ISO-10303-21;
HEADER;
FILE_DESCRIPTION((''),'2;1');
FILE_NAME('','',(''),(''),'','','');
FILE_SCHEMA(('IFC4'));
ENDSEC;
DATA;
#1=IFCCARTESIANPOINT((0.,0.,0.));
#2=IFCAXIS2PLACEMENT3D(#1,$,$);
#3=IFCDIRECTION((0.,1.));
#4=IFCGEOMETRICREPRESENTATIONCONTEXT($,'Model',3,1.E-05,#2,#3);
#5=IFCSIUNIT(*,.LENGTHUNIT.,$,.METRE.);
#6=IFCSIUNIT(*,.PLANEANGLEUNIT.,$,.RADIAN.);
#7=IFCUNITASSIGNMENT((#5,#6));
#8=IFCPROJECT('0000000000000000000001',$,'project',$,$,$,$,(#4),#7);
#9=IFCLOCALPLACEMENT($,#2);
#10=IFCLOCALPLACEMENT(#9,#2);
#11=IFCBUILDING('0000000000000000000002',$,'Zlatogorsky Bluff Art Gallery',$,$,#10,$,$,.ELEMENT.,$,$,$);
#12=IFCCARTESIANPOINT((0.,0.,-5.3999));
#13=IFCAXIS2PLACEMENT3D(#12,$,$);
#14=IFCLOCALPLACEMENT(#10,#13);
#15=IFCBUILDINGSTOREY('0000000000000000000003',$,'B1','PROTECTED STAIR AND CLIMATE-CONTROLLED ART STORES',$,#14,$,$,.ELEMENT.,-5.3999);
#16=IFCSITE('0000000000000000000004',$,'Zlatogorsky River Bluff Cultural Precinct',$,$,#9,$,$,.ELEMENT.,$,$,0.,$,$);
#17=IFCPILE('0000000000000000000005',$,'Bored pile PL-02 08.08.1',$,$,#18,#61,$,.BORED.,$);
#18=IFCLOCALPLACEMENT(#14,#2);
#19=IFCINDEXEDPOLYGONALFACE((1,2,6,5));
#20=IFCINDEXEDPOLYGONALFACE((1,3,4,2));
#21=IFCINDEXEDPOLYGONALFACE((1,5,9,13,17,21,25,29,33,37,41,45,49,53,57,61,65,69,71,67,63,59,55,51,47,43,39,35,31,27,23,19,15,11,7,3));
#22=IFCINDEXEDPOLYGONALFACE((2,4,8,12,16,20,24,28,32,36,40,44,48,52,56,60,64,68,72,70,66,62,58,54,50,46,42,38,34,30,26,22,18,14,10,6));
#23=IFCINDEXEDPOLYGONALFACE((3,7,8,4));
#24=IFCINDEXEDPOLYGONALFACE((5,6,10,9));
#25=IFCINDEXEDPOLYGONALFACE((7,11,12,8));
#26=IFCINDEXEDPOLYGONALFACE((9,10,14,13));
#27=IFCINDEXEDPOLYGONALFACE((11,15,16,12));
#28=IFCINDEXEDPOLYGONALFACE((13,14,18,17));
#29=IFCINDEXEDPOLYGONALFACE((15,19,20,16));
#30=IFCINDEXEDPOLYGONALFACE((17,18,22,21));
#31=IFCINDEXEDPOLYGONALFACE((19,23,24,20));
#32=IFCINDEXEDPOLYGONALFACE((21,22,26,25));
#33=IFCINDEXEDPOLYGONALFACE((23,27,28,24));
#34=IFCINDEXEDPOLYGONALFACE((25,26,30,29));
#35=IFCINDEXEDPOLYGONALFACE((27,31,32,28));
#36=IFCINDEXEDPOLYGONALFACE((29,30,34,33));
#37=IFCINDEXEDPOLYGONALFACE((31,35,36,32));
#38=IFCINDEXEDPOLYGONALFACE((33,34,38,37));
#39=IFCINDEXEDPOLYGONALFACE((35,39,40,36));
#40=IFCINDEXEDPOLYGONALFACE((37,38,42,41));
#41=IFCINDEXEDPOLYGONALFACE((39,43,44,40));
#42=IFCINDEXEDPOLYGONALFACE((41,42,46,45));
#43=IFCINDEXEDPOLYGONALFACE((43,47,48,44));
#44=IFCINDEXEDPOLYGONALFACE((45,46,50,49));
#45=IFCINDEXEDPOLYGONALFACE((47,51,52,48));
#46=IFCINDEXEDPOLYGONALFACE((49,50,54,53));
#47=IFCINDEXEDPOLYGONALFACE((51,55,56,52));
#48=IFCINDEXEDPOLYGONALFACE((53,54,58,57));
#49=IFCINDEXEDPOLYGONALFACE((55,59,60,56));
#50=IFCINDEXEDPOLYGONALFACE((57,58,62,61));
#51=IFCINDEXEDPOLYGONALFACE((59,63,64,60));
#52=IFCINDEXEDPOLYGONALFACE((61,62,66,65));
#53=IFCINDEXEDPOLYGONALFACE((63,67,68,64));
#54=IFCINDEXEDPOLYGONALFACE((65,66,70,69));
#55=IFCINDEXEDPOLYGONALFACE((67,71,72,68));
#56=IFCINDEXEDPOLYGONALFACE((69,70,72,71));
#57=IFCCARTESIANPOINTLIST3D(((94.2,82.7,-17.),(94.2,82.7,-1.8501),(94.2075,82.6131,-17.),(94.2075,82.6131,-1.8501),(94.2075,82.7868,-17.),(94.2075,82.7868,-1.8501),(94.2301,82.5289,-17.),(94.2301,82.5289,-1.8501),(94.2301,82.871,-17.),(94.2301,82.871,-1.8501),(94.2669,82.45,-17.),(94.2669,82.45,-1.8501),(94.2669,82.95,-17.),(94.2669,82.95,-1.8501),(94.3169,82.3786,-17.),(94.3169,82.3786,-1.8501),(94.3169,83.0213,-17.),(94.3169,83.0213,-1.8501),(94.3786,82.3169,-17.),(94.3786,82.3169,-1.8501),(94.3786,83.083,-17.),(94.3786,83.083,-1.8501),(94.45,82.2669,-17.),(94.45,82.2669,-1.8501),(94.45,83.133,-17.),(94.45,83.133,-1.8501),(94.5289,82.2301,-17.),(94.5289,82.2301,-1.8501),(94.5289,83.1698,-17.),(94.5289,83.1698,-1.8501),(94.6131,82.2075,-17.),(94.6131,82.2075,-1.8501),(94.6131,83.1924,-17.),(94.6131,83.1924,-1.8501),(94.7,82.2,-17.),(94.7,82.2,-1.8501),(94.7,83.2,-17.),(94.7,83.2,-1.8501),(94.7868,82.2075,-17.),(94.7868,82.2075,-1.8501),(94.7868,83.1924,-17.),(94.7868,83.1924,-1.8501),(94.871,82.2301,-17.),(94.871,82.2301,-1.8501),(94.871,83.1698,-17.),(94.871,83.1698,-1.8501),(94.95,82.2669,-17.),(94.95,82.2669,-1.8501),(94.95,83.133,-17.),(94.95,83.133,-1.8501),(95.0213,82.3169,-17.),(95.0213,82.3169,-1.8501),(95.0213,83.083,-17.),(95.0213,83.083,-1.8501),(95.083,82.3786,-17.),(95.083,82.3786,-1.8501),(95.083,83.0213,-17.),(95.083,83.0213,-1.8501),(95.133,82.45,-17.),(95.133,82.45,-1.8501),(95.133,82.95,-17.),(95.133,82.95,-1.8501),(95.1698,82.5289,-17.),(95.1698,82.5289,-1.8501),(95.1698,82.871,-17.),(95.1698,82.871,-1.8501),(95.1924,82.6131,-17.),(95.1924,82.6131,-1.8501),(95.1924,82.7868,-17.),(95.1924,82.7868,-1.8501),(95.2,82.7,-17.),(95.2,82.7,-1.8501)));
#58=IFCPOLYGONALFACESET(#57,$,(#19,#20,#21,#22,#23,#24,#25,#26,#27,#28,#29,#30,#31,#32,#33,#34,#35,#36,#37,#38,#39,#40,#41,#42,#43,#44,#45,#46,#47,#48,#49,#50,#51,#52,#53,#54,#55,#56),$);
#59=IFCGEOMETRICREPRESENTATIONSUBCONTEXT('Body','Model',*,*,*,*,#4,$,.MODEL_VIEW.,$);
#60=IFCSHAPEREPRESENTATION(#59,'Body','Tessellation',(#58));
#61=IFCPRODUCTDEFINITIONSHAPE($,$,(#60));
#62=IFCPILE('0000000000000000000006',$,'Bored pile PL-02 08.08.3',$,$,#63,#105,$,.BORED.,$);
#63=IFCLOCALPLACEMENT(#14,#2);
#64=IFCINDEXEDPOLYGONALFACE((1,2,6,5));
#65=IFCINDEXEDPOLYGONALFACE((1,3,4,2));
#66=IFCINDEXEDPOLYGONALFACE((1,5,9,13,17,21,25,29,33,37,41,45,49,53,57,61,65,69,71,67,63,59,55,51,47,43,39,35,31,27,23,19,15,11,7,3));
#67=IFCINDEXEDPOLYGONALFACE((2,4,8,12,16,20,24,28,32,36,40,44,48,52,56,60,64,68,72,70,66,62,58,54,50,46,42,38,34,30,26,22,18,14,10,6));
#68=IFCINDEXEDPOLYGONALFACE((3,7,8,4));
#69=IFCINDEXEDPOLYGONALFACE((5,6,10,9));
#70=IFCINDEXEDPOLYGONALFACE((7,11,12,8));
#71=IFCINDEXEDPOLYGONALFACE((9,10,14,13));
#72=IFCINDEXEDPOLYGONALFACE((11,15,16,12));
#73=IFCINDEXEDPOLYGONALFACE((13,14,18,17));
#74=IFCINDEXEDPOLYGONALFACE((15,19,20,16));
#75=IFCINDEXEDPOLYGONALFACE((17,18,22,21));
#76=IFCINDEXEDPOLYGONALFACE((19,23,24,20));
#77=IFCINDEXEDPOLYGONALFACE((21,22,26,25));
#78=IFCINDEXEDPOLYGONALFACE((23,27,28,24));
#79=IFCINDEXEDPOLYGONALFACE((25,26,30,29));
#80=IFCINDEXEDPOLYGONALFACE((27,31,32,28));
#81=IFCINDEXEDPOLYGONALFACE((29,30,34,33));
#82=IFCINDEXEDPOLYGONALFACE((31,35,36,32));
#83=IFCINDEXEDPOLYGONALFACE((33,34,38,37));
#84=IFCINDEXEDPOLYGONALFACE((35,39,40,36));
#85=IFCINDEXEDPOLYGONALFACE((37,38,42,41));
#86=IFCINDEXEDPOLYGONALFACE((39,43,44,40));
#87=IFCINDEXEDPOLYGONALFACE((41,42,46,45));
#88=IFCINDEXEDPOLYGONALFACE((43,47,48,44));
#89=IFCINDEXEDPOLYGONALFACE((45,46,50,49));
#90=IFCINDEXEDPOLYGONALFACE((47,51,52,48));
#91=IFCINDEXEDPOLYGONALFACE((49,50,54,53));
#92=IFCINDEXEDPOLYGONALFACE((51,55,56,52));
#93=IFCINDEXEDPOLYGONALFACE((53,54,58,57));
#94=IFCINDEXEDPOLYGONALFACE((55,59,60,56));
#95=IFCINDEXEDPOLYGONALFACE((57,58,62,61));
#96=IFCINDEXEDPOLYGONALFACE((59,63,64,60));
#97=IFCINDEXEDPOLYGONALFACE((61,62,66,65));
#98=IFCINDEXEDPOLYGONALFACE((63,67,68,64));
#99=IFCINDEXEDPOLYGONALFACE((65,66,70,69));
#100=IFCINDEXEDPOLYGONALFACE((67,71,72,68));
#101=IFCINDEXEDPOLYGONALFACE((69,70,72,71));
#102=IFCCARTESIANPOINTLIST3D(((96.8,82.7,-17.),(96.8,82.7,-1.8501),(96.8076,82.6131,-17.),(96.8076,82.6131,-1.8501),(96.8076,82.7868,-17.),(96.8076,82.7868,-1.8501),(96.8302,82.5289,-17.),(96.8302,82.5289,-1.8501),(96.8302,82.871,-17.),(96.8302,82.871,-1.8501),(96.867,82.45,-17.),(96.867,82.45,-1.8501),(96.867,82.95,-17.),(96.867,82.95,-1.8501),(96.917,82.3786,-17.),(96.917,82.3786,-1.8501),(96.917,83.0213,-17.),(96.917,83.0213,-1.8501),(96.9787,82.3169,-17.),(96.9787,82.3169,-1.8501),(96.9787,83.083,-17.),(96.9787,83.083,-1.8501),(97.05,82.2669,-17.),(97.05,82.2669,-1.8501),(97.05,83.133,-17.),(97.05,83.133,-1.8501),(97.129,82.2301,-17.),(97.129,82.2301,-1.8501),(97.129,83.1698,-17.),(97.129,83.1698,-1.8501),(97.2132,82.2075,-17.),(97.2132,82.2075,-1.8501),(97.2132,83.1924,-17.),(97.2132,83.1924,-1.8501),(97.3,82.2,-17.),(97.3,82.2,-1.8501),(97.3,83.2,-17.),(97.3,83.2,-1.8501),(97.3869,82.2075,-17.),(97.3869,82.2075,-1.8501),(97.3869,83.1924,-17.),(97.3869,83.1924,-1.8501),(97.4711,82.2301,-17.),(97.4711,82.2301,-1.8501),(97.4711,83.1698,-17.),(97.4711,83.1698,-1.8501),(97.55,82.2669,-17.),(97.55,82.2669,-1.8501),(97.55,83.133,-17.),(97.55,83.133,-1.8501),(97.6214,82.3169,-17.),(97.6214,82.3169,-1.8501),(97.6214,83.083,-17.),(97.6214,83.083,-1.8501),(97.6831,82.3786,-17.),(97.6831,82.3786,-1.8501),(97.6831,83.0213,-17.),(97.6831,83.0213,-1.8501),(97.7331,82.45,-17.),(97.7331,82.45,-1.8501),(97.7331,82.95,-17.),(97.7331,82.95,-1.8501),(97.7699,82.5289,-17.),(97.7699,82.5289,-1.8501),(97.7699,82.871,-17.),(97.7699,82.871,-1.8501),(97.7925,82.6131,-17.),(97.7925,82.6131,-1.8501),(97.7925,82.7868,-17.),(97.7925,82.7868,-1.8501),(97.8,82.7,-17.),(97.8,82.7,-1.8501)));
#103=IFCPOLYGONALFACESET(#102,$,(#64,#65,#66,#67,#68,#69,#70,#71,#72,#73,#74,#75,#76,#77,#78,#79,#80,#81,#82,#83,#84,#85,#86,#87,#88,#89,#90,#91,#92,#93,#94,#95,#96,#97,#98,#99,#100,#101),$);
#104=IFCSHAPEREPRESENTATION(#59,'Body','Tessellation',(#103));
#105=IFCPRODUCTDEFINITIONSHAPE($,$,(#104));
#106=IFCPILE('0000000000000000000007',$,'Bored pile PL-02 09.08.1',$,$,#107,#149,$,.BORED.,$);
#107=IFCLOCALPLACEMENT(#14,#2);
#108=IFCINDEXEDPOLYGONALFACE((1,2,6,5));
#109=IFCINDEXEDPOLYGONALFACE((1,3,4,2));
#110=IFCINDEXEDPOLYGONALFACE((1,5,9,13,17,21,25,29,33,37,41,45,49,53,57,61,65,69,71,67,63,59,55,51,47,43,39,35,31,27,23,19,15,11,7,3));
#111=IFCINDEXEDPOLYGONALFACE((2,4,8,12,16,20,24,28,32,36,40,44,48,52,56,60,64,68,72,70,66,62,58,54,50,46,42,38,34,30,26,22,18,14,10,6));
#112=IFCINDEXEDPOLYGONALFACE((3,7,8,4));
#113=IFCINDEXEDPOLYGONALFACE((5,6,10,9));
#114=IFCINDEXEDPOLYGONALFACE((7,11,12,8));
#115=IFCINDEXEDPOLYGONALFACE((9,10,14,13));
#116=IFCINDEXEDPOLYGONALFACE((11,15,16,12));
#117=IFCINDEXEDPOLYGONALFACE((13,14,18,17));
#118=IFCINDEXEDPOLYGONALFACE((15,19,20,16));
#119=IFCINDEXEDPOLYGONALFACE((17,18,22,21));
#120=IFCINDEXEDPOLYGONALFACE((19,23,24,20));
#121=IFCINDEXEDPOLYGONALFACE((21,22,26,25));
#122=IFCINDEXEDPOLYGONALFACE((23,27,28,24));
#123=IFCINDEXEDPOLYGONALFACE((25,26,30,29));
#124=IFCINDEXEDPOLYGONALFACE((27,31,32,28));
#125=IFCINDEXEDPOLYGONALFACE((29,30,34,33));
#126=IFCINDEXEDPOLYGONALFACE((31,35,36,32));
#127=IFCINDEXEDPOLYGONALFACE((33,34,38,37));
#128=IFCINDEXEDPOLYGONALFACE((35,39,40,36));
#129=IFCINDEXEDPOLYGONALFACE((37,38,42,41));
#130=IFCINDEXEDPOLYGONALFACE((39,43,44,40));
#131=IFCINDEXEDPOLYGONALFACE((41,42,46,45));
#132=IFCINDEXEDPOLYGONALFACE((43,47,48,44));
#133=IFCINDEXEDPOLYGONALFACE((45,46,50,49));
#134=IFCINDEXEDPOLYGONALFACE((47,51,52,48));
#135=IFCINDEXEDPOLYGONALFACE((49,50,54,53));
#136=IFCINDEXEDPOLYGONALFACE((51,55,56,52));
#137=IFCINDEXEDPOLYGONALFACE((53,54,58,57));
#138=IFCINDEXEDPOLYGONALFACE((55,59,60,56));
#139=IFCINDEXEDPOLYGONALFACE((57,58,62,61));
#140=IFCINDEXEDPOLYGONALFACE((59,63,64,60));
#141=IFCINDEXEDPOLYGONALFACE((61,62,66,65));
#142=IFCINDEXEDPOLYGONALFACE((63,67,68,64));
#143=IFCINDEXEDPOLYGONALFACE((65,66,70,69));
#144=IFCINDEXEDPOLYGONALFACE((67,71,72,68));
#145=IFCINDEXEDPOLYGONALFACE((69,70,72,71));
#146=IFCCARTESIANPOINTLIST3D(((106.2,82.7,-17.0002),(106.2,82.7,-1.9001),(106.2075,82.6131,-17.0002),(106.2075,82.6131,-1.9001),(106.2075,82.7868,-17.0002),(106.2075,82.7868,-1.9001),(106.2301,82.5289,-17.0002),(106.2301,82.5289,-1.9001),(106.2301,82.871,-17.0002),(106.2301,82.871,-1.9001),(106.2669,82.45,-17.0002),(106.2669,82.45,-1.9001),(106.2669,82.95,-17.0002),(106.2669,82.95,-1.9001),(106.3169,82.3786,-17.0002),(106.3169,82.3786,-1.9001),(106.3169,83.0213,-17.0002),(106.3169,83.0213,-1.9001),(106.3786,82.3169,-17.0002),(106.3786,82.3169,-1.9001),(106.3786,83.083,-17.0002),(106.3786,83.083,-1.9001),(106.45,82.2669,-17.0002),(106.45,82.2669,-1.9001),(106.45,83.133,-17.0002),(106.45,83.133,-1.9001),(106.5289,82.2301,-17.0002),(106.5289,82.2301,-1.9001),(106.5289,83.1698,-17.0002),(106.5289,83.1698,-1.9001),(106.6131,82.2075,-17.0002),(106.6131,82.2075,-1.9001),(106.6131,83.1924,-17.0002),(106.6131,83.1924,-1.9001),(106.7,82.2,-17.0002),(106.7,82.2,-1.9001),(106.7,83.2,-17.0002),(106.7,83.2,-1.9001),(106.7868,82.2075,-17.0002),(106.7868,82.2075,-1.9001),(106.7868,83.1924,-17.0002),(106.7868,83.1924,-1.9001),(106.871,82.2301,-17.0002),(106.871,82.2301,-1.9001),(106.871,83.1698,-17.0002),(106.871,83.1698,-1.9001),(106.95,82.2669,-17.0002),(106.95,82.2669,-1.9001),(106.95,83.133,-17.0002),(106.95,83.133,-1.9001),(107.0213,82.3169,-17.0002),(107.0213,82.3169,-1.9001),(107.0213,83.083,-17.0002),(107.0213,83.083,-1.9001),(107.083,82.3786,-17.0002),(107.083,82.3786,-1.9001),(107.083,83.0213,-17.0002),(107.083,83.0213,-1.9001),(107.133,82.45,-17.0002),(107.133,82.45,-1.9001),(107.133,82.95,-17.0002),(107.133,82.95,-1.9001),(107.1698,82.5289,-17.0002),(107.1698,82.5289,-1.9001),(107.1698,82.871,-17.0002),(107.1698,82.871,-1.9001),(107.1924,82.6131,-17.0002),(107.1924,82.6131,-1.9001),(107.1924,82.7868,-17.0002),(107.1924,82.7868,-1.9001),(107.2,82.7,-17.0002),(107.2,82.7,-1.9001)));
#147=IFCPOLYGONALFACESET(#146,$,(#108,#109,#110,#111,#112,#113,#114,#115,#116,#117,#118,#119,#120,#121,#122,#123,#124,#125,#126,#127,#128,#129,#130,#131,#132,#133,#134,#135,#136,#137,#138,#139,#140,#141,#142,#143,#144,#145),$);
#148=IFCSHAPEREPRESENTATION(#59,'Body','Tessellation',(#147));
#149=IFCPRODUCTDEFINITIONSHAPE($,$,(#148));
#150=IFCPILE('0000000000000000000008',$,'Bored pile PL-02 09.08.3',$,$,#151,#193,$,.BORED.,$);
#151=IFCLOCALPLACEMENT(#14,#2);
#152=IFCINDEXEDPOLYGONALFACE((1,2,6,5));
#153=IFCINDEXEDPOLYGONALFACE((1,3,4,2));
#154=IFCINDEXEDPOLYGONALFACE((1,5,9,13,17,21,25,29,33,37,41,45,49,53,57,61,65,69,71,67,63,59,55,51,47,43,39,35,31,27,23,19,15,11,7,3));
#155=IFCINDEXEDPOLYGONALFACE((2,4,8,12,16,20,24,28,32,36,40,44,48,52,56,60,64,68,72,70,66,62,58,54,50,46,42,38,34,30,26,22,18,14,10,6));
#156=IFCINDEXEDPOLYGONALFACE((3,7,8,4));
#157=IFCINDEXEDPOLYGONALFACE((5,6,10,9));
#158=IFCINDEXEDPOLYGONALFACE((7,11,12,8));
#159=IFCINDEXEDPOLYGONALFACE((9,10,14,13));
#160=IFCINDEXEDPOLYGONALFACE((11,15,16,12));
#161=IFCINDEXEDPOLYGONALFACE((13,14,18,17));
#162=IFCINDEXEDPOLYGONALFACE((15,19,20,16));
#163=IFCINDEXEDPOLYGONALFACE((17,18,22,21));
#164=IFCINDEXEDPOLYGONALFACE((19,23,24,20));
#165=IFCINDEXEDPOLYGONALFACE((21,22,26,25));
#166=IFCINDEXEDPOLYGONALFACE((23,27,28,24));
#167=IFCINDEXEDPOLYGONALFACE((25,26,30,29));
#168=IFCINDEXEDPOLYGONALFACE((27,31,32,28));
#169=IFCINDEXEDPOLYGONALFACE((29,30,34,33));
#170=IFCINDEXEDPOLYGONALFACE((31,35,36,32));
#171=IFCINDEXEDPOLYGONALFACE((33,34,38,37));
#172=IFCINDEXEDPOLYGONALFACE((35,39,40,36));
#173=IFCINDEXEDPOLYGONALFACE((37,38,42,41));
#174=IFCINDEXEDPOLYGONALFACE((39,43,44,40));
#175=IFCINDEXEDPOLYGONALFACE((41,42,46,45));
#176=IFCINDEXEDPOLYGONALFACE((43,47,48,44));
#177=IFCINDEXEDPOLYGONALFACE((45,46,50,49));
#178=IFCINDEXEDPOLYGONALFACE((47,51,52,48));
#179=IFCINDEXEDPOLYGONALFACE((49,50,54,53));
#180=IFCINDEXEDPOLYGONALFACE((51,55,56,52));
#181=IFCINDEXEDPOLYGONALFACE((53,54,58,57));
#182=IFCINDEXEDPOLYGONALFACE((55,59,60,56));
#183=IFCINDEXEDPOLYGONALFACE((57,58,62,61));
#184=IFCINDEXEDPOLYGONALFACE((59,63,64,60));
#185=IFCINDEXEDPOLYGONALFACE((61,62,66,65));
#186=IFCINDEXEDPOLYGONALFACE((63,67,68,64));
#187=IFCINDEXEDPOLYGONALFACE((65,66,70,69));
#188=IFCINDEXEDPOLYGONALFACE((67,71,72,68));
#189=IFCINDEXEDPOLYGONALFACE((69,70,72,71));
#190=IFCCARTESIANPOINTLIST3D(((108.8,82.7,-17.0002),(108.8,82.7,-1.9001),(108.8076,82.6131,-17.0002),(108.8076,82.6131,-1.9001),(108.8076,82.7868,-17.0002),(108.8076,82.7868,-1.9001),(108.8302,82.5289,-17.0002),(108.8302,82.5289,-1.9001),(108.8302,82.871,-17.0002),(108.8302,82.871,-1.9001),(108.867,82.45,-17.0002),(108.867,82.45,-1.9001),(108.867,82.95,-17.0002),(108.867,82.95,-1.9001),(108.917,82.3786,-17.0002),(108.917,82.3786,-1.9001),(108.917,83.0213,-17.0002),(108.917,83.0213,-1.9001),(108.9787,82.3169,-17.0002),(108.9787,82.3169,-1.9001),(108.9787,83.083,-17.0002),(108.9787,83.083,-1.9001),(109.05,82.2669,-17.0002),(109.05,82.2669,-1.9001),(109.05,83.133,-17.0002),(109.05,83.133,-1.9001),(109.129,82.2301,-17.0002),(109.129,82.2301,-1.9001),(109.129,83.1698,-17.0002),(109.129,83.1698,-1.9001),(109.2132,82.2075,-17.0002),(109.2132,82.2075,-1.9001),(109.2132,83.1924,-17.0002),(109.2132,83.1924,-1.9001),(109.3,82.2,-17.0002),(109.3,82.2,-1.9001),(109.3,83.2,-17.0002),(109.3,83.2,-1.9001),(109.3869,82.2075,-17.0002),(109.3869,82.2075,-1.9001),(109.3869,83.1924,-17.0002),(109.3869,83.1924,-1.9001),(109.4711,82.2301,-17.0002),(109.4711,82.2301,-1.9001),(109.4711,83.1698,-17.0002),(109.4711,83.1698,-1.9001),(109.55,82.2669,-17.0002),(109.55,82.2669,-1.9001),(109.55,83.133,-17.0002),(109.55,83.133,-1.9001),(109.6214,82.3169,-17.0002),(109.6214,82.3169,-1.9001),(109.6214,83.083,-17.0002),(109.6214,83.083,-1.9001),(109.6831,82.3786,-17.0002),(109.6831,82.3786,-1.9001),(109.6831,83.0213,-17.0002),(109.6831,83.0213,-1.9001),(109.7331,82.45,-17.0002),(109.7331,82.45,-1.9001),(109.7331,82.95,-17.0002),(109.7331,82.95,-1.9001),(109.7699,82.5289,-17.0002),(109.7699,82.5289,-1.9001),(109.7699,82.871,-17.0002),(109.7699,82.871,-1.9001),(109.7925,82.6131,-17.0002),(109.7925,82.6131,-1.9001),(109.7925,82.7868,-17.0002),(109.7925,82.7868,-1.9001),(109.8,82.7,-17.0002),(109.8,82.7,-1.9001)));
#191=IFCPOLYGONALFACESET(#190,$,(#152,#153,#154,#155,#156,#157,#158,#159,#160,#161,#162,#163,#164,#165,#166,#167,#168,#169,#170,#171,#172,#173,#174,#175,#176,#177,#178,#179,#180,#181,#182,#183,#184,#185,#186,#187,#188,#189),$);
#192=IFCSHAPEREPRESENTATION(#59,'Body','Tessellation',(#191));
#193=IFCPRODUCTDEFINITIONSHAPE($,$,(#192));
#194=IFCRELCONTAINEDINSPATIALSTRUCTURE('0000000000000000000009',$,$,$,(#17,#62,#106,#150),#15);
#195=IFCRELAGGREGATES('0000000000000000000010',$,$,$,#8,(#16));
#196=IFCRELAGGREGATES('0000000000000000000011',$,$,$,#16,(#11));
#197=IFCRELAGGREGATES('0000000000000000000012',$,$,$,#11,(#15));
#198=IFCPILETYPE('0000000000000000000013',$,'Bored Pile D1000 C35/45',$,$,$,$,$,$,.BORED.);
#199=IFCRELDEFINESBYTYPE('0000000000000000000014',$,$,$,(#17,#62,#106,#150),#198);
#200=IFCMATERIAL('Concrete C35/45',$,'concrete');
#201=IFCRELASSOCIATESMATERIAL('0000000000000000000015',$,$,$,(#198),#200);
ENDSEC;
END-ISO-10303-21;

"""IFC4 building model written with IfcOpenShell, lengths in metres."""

from ifc_helpers import new_model, si_unit, direction, frame, origin, origin_2d, place, context, subcontext, project, spatial, circle, extrude, material, material_profile, profile_set, type_object, element, save


model = new_model("IFC4")

# Units and contexts
model_context = context("Model", 3, precision=1e-05, world=origin(), true_north=direction((0.0, 1.0)))
body_context = subcontext(model_context, "Body", "Model", "MODEL_VIEW")
ifc_project = project(units=[si_unit("LENGTHUNIT", "METRE"), si_unit("PLANEANGLEUNIT", "RADIAN")], contexts=[model_context])

# Site, building, storey
site_placement = place(None, origin())
site = spatial("IfcSite", under=ifc_project, at=site_placement, Name="Zlatogorsky River Bluff Cultural Precinct", CompositionType="ELEMENT", RefElevation=0.0)
building_placement = place(site_placement, origin())
building = spatial("IfcBuilding", under=site, at=building_placement, Name="Zlatogorsky Bluff Art Gallery", CompositionType="ELEMENT")
storey_placement = place(building_placement, frame((0.0, 0.0, -5.3999)))
storey = spatial("IfcBuildingStorey", under=building, at=storey_placement, Name="B1", Description="PROTECTED STAIR AND CLIMATE-CONTROLLED ART STORES", CompositionType="ELEMENT", Elevation=-5.3999)

# Piles
ifc_material_1 = material(Name="Concrete C35/45", Category="concrete")
ifc_material_profile_1 = material_profile(ifc_material_1, circle(Radius=0.5, at=origin_2d()), Name="BORED PILE D1000")
ifc_profile_set_1 = profile_set([ifc_material_profile_1], Name="Concrete C35/45")
pile_type_1 = type_object("IfcPileType", Name="Bored Pile D1000 C35/45", PredefinedType="BORED", material=ifc_profile_set_1)
for number, where, z_axis, x_axis, name in (
    (1, (94.7, 82.7, -1.8501), (0.0, 0.0, -1.0), (1.0, 0.0, 0.0), "Bored pile PL-02 08.08.1"),
    (2, (97.3, 82.7, -1.8501), (0.0, 0.0, -1.0), (1.0, 0.0, 0.0), "Bored pile PL-02 08.08.3"),
):
    element("IfcPile", number, at=place(storey_placement, frame(where, z_axis=z_axis, x_axis=x_axis)), inside=storey, type_object=pile_type_1, Name=name, PredefinedType="BORED", context=body_context, shape_type="SweptSolid", body=[
        extrude(circle(Radius=0.5, at=origin_2d()), origin(), (0.0, 0.0, 1.0), 15.1499),
    ])
for number, where, z_axis, x_axis, name in (
    (3, (106.7, 82.7, -1.9001), (0.0, 0.0, -1.0), (1.0, 0.0, 0.0), "Bored pile PL-02 09.08.1"),
    (4, (109.3, 82.7, -1.9001), (0.0, 0.0, -1.0), (1.0, 0.0, 0.0), "Bored pile PL-02 09.08.3"),
):
    element("IfcPile", number, at=place(storey_placement, frame(where, z_axis=z_axis, x_axis=x_axis)), inside=storey, type_object=pile_type_1, Name=name, PredefinedType="BORED", context=body_context, shape_type="SweptSolid", body=[
        extrude(circle(Radius=0.5, at=origin_2d()), origin(), (0.0, 0.0, 1.0), 15.1001),
    ])

save(model, "model.ifc")
